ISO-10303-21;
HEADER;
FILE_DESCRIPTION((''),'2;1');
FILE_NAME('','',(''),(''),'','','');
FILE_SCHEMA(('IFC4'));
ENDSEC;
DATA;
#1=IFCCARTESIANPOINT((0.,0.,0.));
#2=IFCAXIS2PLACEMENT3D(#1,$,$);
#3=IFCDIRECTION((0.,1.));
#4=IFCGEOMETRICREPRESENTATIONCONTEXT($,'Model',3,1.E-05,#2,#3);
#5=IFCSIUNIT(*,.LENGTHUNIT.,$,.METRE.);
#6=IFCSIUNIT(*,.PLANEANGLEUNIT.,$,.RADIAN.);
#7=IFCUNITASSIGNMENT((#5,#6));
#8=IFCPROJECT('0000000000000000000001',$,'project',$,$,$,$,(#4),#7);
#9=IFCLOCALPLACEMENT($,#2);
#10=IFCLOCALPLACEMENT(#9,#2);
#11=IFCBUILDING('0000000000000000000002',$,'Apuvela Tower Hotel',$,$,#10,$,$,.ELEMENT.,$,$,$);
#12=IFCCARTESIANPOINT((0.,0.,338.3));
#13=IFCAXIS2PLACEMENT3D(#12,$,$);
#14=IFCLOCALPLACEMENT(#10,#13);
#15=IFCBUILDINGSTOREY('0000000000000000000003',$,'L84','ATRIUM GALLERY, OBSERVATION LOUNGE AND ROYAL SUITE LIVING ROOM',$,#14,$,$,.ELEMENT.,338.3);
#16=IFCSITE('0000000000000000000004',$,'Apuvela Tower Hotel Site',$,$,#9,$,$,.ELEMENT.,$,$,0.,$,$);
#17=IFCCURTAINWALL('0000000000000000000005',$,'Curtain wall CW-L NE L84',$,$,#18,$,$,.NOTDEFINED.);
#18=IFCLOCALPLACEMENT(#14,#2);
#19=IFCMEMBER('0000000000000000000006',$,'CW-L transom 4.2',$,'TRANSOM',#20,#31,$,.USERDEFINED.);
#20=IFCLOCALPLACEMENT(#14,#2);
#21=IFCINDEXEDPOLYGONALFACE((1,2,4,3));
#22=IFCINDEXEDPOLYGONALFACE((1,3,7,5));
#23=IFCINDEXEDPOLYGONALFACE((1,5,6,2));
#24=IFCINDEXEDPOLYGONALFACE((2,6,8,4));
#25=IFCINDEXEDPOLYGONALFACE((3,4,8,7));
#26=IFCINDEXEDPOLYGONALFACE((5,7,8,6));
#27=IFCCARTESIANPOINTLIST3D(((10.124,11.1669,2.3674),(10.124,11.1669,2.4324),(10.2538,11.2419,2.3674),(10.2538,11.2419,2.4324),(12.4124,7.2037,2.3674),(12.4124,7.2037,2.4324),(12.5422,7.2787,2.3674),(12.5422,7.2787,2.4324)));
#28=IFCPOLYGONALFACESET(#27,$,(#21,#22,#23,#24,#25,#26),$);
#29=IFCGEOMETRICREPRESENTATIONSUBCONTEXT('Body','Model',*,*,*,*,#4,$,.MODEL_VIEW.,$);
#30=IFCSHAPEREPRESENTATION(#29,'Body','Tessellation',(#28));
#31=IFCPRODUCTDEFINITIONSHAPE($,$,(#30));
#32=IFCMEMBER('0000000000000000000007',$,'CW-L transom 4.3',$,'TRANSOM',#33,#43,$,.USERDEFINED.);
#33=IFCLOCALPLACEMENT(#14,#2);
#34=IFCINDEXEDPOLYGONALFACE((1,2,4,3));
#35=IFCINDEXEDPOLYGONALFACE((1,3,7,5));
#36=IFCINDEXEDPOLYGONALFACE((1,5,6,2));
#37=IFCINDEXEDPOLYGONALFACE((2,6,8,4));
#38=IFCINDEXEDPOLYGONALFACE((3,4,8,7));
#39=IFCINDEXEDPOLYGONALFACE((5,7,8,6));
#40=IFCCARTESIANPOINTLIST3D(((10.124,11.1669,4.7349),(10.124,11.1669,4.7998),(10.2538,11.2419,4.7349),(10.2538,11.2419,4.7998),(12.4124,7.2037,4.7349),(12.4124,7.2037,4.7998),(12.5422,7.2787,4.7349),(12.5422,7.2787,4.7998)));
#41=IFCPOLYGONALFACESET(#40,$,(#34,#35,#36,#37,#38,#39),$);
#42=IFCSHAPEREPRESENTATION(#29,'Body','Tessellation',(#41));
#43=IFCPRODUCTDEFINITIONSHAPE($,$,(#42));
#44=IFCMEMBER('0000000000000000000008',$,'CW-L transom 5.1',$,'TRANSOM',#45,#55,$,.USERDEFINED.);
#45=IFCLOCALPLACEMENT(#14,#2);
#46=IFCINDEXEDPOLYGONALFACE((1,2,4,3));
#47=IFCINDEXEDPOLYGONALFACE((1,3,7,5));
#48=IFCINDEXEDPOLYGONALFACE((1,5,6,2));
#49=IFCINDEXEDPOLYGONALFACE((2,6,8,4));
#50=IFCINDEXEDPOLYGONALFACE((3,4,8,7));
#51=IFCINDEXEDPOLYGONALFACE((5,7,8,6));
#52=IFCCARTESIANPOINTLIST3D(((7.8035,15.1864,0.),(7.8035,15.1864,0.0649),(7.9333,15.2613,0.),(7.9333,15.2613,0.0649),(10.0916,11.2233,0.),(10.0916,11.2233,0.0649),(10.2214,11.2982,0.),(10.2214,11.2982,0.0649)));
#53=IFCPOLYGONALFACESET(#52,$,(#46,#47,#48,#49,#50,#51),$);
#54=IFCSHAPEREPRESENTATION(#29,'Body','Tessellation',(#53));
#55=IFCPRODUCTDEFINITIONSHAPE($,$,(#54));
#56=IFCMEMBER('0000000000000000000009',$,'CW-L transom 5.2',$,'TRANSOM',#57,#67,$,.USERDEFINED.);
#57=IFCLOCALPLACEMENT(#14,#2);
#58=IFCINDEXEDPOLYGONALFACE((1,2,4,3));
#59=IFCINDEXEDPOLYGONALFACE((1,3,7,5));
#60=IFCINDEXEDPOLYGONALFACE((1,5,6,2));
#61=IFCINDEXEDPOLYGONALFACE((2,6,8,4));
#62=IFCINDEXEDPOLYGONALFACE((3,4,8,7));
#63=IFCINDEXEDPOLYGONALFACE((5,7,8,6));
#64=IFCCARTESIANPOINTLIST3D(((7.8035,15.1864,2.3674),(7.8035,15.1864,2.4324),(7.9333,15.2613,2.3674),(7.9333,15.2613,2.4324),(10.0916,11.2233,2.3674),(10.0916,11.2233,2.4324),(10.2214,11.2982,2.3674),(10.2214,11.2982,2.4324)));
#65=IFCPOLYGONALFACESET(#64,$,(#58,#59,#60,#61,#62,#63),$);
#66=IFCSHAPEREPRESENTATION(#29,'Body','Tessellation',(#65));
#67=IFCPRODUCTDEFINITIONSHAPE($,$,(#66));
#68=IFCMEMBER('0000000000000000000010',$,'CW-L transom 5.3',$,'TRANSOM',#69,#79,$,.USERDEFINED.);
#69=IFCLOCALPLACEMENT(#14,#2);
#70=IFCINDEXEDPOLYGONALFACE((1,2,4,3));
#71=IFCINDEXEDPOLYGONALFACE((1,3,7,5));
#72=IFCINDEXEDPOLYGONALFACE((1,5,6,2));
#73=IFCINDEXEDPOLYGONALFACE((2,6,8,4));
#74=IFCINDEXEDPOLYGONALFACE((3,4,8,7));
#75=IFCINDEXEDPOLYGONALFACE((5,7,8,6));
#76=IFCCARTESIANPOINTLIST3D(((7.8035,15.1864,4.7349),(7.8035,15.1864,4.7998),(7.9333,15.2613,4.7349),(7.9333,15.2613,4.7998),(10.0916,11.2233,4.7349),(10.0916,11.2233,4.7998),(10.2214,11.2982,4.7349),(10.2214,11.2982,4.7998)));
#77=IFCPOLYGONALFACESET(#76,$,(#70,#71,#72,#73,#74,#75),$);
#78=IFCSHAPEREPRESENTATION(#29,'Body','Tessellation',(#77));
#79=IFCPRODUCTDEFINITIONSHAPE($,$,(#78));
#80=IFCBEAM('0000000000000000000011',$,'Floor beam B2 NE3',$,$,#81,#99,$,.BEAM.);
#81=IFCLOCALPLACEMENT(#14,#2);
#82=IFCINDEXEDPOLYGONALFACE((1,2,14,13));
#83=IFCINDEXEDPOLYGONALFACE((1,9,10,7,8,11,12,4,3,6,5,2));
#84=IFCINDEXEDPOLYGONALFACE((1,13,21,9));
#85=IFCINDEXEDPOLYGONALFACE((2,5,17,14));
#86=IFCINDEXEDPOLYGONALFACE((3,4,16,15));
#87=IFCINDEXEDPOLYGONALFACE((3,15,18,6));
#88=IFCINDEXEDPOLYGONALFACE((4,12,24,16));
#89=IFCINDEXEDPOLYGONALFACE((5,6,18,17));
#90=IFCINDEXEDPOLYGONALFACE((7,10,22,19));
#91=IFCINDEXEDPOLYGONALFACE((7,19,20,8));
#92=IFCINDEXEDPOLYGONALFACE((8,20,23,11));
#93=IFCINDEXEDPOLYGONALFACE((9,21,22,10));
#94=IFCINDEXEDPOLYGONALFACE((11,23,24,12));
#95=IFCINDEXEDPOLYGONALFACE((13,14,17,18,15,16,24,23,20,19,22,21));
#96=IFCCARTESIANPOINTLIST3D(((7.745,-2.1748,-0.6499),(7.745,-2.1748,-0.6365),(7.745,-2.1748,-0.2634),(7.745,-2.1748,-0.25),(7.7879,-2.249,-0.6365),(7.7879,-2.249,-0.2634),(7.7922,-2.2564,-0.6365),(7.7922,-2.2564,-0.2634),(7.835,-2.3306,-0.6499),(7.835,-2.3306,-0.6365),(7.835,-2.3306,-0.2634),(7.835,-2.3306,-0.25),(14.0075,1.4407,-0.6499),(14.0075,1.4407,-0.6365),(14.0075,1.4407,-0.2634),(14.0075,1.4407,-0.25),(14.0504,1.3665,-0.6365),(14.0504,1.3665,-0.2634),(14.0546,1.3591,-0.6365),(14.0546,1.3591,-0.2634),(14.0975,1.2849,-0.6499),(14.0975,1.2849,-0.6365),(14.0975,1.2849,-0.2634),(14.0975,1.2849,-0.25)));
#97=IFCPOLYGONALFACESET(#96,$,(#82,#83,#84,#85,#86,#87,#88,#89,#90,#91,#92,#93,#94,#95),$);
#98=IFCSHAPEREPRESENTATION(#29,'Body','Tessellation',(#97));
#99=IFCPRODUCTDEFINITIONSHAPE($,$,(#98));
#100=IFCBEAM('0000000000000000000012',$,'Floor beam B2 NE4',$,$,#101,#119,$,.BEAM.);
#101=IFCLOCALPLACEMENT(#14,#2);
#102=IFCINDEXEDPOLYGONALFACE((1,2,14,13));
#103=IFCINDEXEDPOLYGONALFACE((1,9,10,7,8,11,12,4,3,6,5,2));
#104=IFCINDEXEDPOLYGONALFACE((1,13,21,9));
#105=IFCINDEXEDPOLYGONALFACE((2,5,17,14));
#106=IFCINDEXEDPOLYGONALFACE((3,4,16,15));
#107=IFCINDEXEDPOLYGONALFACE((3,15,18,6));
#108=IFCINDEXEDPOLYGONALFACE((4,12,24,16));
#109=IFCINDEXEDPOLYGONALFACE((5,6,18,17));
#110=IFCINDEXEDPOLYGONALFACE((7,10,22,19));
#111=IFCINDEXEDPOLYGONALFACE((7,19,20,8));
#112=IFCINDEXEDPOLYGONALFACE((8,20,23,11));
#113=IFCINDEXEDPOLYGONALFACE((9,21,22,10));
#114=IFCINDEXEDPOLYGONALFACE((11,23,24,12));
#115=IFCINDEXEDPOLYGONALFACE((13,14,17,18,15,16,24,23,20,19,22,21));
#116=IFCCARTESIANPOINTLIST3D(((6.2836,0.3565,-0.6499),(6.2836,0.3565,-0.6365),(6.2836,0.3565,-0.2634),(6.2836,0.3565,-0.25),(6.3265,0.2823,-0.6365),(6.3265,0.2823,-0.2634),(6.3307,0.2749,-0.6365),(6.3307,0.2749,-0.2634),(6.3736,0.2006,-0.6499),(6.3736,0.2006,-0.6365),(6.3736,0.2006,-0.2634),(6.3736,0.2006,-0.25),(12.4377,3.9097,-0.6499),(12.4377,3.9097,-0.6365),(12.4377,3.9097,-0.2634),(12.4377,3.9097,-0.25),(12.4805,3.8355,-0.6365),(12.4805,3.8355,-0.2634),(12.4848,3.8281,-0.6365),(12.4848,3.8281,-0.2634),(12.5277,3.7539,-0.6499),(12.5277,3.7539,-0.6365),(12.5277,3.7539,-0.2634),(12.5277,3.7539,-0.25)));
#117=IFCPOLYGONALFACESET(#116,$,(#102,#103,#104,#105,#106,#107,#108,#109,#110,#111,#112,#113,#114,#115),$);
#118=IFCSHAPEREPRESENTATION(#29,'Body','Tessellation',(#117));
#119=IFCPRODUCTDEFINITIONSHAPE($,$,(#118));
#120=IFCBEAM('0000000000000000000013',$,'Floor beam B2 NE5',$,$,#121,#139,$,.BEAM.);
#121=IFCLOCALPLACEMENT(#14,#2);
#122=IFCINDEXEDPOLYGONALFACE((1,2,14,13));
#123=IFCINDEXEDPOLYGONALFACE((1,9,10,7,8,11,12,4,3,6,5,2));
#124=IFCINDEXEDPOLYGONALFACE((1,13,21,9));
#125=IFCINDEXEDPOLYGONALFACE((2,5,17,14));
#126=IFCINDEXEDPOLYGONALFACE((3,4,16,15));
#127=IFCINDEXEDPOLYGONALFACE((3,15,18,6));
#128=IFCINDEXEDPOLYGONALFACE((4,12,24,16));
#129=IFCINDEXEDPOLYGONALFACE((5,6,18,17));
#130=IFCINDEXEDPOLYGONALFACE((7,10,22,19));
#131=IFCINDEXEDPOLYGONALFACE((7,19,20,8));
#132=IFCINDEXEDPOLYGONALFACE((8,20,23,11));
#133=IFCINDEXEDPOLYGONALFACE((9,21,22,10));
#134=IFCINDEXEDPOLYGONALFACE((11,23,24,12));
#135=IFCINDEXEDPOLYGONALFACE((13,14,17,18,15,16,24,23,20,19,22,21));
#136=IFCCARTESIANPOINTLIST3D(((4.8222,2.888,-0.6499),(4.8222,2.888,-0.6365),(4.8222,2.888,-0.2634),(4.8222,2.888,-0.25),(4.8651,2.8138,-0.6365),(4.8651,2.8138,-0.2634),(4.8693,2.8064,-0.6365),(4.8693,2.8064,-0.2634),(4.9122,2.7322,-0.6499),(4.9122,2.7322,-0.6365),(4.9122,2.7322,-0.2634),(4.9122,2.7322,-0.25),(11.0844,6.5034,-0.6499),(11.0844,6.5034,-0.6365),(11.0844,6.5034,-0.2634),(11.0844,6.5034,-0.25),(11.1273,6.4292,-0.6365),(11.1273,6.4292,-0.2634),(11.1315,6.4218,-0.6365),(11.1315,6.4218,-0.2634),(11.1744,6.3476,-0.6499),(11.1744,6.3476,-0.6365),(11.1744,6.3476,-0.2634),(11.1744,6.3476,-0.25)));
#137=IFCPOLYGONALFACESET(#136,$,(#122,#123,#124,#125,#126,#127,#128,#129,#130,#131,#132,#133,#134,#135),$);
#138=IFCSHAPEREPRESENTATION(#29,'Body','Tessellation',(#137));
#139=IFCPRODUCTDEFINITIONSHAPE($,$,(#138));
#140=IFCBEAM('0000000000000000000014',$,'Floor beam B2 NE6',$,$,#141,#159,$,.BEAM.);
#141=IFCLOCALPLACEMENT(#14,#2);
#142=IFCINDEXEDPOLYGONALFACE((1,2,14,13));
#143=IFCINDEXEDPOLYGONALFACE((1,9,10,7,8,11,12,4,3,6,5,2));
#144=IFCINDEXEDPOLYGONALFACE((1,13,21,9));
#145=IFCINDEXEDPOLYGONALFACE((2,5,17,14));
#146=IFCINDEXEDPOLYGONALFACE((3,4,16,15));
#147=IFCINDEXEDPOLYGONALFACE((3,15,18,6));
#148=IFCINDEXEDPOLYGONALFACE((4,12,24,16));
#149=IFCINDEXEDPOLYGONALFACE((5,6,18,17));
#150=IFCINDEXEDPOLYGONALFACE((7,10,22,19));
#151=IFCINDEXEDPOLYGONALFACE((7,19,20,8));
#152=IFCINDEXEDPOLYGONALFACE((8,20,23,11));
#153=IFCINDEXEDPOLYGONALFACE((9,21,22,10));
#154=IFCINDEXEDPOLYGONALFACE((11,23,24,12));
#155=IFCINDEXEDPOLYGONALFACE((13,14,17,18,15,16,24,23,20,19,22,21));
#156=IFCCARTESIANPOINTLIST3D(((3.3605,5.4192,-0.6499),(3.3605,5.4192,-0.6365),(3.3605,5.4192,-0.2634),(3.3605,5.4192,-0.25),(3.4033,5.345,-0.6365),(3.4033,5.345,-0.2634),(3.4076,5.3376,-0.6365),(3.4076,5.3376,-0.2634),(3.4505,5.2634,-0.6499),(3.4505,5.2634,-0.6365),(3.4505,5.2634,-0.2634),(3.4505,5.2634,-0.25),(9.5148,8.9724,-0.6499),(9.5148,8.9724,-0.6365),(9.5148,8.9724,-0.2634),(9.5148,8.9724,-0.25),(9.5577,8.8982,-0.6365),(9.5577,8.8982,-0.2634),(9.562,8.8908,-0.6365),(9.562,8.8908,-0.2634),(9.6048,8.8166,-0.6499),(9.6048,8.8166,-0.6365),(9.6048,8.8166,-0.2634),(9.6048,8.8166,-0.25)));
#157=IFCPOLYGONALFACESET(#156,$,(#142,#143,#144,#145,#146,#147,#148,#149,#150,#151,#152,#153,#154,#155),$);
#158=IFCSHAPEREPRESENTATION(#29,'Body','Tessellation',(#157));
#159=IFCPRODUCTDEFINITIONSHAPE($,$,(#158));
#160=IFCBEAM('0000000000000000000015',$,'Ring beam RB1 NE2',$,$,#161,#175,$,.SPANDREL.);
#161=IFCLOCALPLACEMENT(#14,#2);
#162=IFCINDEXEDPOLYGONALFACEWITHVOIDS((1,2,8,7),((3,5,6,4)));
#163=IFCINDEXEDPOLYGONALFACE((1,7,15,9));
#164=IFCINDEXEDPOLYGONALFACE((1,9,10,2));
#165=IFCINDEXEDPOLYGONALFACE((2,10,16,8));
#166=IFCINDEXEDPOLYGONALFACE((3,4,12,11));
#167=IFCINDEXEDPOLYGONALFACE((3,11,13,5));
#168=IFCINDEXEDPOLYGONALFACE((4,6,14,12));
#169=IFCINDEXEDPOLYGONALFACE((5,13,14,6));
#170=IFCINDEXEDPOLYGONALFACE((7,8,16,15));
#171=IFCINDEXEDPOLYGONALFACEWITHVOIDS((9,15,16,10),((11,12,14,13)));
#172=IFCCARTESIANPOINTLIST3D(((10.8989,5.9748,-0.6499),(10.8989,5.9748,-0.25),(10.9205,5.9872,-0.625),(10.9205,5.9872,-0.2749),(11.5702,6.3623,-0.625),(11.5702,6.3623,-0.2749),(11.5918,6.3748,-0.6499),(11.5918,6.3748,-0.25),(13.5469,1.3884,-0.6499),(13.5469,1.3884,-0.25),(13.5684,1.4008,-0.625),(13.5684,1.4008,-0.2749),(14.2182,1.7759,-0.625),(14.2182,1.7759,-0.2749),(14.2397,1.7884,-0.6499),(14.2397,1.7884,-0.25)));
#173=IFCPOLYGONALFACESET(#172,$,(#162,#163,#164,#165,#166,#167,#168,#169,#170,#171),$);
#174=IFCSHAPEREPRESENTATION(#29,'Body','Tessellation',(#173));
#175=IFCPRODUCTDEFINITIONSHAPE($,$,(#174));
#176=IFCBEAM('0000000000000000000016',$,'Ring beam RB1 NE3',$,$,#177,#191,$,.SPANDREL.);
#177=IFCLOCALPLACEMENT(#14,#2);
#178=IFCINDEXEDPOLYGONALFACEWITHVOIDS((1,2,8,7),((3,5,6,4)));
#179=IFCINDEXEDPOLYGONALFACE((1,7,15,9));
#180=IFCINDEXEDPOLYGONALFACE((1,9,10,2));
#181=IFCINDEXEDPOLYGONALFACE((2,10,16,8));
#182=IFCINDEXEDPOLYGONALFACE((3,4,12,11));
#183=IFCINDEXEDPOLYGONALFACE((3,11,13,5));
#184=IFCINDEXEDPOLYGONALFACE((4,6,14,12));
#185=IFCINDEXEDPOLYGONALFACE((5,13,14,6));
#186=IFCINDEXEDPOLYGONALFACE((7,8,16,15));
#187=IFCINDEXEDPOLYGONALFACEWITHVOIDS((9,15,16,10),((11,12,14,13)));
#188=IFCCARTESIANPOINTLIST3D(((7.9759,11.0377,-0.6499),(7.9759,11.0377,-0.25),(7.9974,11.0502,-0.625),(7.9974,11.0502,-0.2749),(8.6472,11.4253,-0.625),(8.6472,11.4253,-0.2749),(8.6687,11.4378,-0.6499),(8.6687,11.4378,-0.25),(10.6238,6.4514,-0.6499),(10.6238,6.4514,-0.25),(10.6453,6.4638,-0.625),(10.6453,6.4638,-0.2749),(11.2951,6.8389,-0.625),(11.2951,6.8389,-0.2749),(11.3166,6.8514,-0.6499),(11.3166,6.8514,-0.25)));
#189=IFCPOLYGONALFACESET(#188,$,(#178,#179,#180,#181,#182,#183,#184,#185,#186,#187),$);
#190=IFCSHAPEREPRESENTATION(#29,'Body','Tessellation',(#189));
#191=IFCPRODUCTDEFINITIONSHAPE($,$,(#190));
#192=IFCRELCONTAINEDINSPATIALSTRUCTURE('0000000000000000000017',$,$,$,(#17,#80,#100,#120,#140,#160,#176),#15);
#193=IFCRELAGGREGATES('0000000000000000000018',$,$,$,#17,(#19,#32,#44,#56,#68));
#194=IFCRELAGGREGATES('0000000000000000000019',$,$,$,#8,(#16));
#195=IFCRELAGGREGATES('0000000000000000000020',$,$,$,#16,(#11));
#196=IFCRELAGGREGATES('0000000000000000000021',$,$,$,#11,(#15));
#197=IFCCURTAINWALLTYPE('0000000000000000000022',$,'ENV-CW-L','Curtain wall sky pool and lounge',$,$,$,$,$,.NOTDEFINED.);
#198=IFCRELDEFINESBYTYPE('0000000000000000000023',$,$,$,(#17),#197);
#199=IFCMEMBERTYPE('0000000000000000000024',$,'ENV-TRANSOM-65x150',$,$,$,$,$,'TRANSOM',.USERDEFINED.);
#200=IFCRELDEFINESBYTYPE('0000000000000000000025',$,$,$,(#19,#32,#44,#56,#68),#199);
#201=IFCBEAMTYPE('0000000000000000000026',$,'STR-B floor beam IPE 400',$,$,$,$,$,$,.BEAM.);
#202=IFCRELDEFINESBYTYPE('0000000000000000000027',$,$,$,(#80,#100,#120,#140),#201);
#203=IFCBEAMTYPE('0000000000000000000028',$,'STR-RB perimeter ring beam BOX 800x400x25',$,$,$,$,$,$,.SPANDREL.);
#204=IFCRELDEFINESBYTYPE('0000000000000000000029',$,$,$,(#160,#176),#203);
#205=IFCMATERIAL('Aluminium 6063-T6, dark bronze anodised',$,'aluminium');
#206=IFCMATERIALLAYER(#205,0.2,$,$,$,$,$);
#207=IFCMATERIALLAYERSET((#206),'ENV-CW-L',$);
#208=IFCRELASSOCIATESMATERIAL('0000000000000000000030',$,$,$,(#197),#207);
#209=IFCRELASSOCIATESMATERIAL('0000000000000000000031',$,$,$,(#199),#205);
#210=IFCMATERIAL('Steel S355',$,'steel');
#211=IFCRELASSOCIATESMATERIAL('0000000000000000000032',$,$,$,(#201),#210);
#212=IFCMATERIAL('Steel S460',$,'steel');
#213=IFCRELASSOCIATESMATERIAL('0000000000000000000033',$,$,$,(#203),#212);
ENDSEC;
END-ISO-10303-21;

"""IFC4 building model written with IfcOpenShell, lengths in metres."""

from ifc_helpers import new_model, si_unit, direction, frame, origin, origin_2d, place, context, subcontext, project, spatial, rectangle, hollow_rectangle, i_section, extrude, material, layer, layer_set, material_profile, profile_set, type_object, element, aggregate, save


model = new_model("IFC4")

# Units and contexts
model_context = context("Model", 3, precision=1e-05, world=origin(), true_north=direction((0.0, 1.0)))
body_context = subcontext(model_context, "Body", "Model", "MODEL_VIEW")
ifc_project = project(units=[si_unit("LENGTHUNIT", "METRE"), si_unit("PLANEANGLEUNIT", "RADIAN")], contexts=[model_context])

# Site, building, storey
site_placement = place(None, origin())
site = spatial("IfcSite", under=ifc_project, at=site_placement, Name="Apuvela Tower Hotel Site", CompositionType="ELEMENT", RefElevation=0.0)
building_placement = place(site_placement, origin())
building = spatial("IfcBuilding", under=site, at=building_placement, Name="Apuvela Tower Hotel", CompositionType="ELEMENT")
storey_placement = place(building_placement, frame((0.0, 0.0, 338.3)))
storey = spatial("IfcBuildingStorey", under=building, at=storey_placement, Name="L84", Description="ATRIUM GALLERY, OBSERVATION LOUNGE AND ROYAL SUITE LIVING ROOM", CompositionType="ELEMENT", Elevation=338.3)

# Shared definitions
ifc_material_1 = material(Name="Steel S460", Category="steel")

# Curtain wall, members
ifc_material_2 = material(Name="Aluminium 6063-T6, dark bronze anodised", Category="aluminium")
ifc_layer_1 = layer(ifc_material_2, 0.2)
ifc_layer_set_1 = layer_set([ifc_layer_1], Name="ENV-CW-L")
curtain_wall_type = type_object("IfcCurtainWallType", Name="ENV-CW-L", Description="Curtain wall sky pool and lounge", PredefinedType="NOTDEFINED", material=ifc_layer_set_1)
curtain_wall_placement = place(storey_placement, origin())
curtain_wall = element("IfcCurtainWall", 1, at=curtain_wall_placement, inside=storey, type_object=curtain_wall_type, Name="Curtain wall CW-L NE L84", PredefinedType="NOTDEFINED")
ifc_material_profile_1 = material_profile(ifc_material_2, rectangle(XDim=0.1499, YDim=0.0649, at=origin_2d()), Name="AL 65x150 transom")
ifc_profile_set_1 = profile_set([ifc_material_profile_1], Name="Aluminium 6063-T6, dark bronze anodised")
member_type_1 = type_object("IfcMemberType", Name="ENV-TRANSOM-65x150", ElementType="TRANSOM", PredefinedType="USERDEFINED", material=ifc_profile_set_1)
member_1_placement = place(storey_placement, frame((12.4773, 7.2412, 2.3999), z_axis=(-0.500035, 0.866005, 0.0), x_axis=(-0.866005, -0.500035, 0.0)))
member_1 = element("IfcMember", 2, at=member_1_placement, type_object=member_type_1, Name="CW-L transom 4.2", ObjectType="TRANSOM", PredefinedType="USERDEFINED", context=body_context, shape_type="SweptSolid", body=[
    extrude(rectangle(XDim=0.1499, YDim=0.0649, at=origin_2d()), origin(), (0.0, 0.0, 1.0), 4.5764),
])
member_2_placement = place(storey_placement, frame((12.4773, 7.2412, 4.7673), z_axis=(-0.500035, 0.866005, 0.0), x_axis=(-0.866005, -0.500035, 0.0)))
member_2 = element("IfcMember", 3, at=member_2_placement, type_object=member_type_1, Name="CW-L transom 4.3", ObjectType="TRANSOM", PredefinedType="USERDEFINED", context=body_context, shape_type="SweptSolid", body=[
    extrude(rectangle(XDim=0.1499, YDim=0.0649, at=origin_2d()), origin(), (0.0, 0.0, 1.0), 4.5764),
])
member_3_placement = place(storey_placement, frame((10.1565, 11.2607, 0.0325), z_axis=(-0.499995, 0.866028, 0.0), x_axis=(-0.866028, -0.499995, 0.0)))
member_3 = element("IfcMember", 4, at=member_3_placement, type_object=member_type_1, Name="CW-L transom 5.1", ObjectType="TRANSOM", PredefinedType="USERDEFINED", context=body_context, shape_type="SweptSolid", body=[
    extrude(rectangle(XDim=0.1499, YDim=0.0649, at=origin_2d()), origin(), (0.0, 0.0, 1.0), 4.5762),
])
member_4_placement = place(storey_placement, frame((10.1565, 11.2607, 2.3999), z_axis=(-0.499995, 0.866028, 0.0), x_axis=(-0.866028, -0.499995, 0.0)))
member_4 = element("IfcMember", 5, at=member_4_placement, type_object=member_type_1, Name="CW-L transom 5.2", ObjectType="TRANSOM", PredefinedType="USERDEFINED", context=body_context, shape_type="SweptSolid", body=[
    extrude(rectangle(XDim=0.1499, YDim=0.0649, at=origin_2d()), origin(), (0.0, 0.0, 1.0), 4.5762),
])
member_5_placement = place(storey_placement, frame((10.1565, 11.2607, 4.7673), z_axis=(-0.499995, 0.866028, 0.0), x_axis=(-0.866028, -0.499995, 0.0)))
member_5 = element("IfcMember", 6, at=member_5_placement, type_object=member_type_1, Name="CW-L transom 5.3", ObjectType="TRANSOM", PredefinedType="USERDEFINED", context=body_context, shape_type="SweptSolid", body=[
    extrude(rectangle(XDim=0.1499, YDim=0.0649, at=origin_2d()), origin(), (0.0, 0.0, 1.0), 4.5762),
])

# Beams
ifc_material_3 = material(Name="Steel S355", Category="steel")
ifc_material_profile_2 = material_profile(ifc_material_3, i_section(OverallWidth=0.1799, OverallDepth=0.3999, WebThickness=0.0085, FlangeThickness=0.0134, at=origin_2d()), Name="IPE 400")
ifc_profile_set_2 = profile_set([ifc_material_profile_2], Name="Steel S355")
beam_type_1 = type_object("IfcBeamType", Name="STR-B floor beam IPE 400", PredefinedType="BEAM", material=ifc_profile_set_2)
beam_1_placement = place(storey_placement, frame((14.0525, 1.3628, -0.45), z_axis=(-0.866034, -0.499985, 0.0), x_axis=(0.499985, -0.866034, 0.0)))
element("IfcBeam", 7, at=beam_1_placement, inside=storey, type_object=beam_type_1, Name="Floor beam B2 NE3", PredefinedType="BEAM", context=body_context, shape_type="SweptSolid", body=[
    extrude(i_section(OverallWidth=0.1799, OverallDepth=0.3999, WebThickness=0.0085, FlangeThickness=0.0134, at=origin_2d()), origin(), (0.0, 0.0, 1.0), 7.2312),
])
beam_2_placement = place(storey_placement, frame((12.4827, 3.8318, -0.45), z_axis=(-0.866015, -0.500019, 0.0), x_axis=(0.500019, -0.866015, 0.0)))
element("IfcBeam", 8, at=beam_2_placement, inside=storey, type_object=beam_type_1, Name="Floor beam B2 NE4", PredefinedType="BEAM", context=body_context, shape_type="SweptSolid", body=[
    extrude(i_section(OverallWidth=0.1799, OverallDepth=0.3999, WebThickness=0.0085, FlangeThickness=0.0134, at=origin_2d()), origin(), (0.0, 0.0, 1.0), 7.1062),
])
beam_3_placement = place(storey_placement, frame((11.1294, 6.4255, -0.45), z_axis=(-0.866026, -0.499999, 0.0), x_axis=(0.499999, -0.866026, 0.0)))
element("IfcBeam", 9, at=beam_3_placement, inside=storey, type_object=beam_type_1, Name="Floor beam B2 NE5", PredefinedType="BEAM", context=body_context, shape_type="SweptSolid", body=[
    extrude(i_section(OverallWidth=0.1799, OverallDepth=0.3999, WebThickness=0.0085, FlangeThickness=0.0134, at=origin_2d()), origin(), (0.0, 0.0, 1.0), 7.231),
])
beam_4_placement = place(storey_placement, frame((9.5598, 8.8945, -0.45), z_axis=(-0.866023, -0.500004, 0.0), x_axis=(0.500004, -0.866023, 0.0)))
element("IfcBeam", 10, at=beam_4_placement, inside=storey, type_object=beam_type_1, Name="Floor beam B2 NE6", PredefinedType="BEAM", context=body_context, shape_type="SweptSolid", body=[
    extrude(i_section(OverallWidth=0.1799, OverallDepth=0.3999, WebThickness=0.0085, FlangeThickness=0.0134, at=origin_2d()), origin(), (0.0, 0.0, 1.0), 7.1064),
])
ifc_material_profile_3 = material_profile(ifc_material_1, hollow_rectangle(XDim=0.8, YDim=0.3999, WallThickness=0.0249, at=origin_2d()), Name="BOX 800x400x25")
ifc_profile_set_3 = profile_set([ifc_material_profile_3], Name="Steel S460")
beam_type_2 = type_object("IfcBeamType", Name="STR-RB perimeter ring beam BOX 800x400x25", PredefinedType="SPANDREL", material=ifc_profile_set_3)
for number, where, z_axis, x_axis, name in (
    (11, (13.8933, 1.5884, -0.45), (-0.499996, 0.866027, 0.0), (-0.866027, -0.499996, 0.0), "Ring beam RB1 NE2"),
    (12, (10.9702, 6.6514, -0.45), (-0.499996, 0.866027, 0.0), (-0.866027, -0.499996, 0.0), "Ring beam RB1 NE3"),
):
    element("IfcBeam", number, at=place(storey_placement, frame(where, z_axis=z_axis, x_axis=x_axis)), inside=storey, type_object=beam_type_2, Name=name, PredefinedType="SPANDREL", context=body_context, shape_type="SweptSolid", body=[
        extrude(hollow_rectangle(XDim=0.8, YDim=0.3999, WallThickness=0.0249, at=origin_2d()), origin(), (0.0, 0.0, 1.0), 5.2959),
    ])

aggregate(curtain_wall, [member_1, member_2, member_3, member_4, member_5])

save(model, "model.ifc")
